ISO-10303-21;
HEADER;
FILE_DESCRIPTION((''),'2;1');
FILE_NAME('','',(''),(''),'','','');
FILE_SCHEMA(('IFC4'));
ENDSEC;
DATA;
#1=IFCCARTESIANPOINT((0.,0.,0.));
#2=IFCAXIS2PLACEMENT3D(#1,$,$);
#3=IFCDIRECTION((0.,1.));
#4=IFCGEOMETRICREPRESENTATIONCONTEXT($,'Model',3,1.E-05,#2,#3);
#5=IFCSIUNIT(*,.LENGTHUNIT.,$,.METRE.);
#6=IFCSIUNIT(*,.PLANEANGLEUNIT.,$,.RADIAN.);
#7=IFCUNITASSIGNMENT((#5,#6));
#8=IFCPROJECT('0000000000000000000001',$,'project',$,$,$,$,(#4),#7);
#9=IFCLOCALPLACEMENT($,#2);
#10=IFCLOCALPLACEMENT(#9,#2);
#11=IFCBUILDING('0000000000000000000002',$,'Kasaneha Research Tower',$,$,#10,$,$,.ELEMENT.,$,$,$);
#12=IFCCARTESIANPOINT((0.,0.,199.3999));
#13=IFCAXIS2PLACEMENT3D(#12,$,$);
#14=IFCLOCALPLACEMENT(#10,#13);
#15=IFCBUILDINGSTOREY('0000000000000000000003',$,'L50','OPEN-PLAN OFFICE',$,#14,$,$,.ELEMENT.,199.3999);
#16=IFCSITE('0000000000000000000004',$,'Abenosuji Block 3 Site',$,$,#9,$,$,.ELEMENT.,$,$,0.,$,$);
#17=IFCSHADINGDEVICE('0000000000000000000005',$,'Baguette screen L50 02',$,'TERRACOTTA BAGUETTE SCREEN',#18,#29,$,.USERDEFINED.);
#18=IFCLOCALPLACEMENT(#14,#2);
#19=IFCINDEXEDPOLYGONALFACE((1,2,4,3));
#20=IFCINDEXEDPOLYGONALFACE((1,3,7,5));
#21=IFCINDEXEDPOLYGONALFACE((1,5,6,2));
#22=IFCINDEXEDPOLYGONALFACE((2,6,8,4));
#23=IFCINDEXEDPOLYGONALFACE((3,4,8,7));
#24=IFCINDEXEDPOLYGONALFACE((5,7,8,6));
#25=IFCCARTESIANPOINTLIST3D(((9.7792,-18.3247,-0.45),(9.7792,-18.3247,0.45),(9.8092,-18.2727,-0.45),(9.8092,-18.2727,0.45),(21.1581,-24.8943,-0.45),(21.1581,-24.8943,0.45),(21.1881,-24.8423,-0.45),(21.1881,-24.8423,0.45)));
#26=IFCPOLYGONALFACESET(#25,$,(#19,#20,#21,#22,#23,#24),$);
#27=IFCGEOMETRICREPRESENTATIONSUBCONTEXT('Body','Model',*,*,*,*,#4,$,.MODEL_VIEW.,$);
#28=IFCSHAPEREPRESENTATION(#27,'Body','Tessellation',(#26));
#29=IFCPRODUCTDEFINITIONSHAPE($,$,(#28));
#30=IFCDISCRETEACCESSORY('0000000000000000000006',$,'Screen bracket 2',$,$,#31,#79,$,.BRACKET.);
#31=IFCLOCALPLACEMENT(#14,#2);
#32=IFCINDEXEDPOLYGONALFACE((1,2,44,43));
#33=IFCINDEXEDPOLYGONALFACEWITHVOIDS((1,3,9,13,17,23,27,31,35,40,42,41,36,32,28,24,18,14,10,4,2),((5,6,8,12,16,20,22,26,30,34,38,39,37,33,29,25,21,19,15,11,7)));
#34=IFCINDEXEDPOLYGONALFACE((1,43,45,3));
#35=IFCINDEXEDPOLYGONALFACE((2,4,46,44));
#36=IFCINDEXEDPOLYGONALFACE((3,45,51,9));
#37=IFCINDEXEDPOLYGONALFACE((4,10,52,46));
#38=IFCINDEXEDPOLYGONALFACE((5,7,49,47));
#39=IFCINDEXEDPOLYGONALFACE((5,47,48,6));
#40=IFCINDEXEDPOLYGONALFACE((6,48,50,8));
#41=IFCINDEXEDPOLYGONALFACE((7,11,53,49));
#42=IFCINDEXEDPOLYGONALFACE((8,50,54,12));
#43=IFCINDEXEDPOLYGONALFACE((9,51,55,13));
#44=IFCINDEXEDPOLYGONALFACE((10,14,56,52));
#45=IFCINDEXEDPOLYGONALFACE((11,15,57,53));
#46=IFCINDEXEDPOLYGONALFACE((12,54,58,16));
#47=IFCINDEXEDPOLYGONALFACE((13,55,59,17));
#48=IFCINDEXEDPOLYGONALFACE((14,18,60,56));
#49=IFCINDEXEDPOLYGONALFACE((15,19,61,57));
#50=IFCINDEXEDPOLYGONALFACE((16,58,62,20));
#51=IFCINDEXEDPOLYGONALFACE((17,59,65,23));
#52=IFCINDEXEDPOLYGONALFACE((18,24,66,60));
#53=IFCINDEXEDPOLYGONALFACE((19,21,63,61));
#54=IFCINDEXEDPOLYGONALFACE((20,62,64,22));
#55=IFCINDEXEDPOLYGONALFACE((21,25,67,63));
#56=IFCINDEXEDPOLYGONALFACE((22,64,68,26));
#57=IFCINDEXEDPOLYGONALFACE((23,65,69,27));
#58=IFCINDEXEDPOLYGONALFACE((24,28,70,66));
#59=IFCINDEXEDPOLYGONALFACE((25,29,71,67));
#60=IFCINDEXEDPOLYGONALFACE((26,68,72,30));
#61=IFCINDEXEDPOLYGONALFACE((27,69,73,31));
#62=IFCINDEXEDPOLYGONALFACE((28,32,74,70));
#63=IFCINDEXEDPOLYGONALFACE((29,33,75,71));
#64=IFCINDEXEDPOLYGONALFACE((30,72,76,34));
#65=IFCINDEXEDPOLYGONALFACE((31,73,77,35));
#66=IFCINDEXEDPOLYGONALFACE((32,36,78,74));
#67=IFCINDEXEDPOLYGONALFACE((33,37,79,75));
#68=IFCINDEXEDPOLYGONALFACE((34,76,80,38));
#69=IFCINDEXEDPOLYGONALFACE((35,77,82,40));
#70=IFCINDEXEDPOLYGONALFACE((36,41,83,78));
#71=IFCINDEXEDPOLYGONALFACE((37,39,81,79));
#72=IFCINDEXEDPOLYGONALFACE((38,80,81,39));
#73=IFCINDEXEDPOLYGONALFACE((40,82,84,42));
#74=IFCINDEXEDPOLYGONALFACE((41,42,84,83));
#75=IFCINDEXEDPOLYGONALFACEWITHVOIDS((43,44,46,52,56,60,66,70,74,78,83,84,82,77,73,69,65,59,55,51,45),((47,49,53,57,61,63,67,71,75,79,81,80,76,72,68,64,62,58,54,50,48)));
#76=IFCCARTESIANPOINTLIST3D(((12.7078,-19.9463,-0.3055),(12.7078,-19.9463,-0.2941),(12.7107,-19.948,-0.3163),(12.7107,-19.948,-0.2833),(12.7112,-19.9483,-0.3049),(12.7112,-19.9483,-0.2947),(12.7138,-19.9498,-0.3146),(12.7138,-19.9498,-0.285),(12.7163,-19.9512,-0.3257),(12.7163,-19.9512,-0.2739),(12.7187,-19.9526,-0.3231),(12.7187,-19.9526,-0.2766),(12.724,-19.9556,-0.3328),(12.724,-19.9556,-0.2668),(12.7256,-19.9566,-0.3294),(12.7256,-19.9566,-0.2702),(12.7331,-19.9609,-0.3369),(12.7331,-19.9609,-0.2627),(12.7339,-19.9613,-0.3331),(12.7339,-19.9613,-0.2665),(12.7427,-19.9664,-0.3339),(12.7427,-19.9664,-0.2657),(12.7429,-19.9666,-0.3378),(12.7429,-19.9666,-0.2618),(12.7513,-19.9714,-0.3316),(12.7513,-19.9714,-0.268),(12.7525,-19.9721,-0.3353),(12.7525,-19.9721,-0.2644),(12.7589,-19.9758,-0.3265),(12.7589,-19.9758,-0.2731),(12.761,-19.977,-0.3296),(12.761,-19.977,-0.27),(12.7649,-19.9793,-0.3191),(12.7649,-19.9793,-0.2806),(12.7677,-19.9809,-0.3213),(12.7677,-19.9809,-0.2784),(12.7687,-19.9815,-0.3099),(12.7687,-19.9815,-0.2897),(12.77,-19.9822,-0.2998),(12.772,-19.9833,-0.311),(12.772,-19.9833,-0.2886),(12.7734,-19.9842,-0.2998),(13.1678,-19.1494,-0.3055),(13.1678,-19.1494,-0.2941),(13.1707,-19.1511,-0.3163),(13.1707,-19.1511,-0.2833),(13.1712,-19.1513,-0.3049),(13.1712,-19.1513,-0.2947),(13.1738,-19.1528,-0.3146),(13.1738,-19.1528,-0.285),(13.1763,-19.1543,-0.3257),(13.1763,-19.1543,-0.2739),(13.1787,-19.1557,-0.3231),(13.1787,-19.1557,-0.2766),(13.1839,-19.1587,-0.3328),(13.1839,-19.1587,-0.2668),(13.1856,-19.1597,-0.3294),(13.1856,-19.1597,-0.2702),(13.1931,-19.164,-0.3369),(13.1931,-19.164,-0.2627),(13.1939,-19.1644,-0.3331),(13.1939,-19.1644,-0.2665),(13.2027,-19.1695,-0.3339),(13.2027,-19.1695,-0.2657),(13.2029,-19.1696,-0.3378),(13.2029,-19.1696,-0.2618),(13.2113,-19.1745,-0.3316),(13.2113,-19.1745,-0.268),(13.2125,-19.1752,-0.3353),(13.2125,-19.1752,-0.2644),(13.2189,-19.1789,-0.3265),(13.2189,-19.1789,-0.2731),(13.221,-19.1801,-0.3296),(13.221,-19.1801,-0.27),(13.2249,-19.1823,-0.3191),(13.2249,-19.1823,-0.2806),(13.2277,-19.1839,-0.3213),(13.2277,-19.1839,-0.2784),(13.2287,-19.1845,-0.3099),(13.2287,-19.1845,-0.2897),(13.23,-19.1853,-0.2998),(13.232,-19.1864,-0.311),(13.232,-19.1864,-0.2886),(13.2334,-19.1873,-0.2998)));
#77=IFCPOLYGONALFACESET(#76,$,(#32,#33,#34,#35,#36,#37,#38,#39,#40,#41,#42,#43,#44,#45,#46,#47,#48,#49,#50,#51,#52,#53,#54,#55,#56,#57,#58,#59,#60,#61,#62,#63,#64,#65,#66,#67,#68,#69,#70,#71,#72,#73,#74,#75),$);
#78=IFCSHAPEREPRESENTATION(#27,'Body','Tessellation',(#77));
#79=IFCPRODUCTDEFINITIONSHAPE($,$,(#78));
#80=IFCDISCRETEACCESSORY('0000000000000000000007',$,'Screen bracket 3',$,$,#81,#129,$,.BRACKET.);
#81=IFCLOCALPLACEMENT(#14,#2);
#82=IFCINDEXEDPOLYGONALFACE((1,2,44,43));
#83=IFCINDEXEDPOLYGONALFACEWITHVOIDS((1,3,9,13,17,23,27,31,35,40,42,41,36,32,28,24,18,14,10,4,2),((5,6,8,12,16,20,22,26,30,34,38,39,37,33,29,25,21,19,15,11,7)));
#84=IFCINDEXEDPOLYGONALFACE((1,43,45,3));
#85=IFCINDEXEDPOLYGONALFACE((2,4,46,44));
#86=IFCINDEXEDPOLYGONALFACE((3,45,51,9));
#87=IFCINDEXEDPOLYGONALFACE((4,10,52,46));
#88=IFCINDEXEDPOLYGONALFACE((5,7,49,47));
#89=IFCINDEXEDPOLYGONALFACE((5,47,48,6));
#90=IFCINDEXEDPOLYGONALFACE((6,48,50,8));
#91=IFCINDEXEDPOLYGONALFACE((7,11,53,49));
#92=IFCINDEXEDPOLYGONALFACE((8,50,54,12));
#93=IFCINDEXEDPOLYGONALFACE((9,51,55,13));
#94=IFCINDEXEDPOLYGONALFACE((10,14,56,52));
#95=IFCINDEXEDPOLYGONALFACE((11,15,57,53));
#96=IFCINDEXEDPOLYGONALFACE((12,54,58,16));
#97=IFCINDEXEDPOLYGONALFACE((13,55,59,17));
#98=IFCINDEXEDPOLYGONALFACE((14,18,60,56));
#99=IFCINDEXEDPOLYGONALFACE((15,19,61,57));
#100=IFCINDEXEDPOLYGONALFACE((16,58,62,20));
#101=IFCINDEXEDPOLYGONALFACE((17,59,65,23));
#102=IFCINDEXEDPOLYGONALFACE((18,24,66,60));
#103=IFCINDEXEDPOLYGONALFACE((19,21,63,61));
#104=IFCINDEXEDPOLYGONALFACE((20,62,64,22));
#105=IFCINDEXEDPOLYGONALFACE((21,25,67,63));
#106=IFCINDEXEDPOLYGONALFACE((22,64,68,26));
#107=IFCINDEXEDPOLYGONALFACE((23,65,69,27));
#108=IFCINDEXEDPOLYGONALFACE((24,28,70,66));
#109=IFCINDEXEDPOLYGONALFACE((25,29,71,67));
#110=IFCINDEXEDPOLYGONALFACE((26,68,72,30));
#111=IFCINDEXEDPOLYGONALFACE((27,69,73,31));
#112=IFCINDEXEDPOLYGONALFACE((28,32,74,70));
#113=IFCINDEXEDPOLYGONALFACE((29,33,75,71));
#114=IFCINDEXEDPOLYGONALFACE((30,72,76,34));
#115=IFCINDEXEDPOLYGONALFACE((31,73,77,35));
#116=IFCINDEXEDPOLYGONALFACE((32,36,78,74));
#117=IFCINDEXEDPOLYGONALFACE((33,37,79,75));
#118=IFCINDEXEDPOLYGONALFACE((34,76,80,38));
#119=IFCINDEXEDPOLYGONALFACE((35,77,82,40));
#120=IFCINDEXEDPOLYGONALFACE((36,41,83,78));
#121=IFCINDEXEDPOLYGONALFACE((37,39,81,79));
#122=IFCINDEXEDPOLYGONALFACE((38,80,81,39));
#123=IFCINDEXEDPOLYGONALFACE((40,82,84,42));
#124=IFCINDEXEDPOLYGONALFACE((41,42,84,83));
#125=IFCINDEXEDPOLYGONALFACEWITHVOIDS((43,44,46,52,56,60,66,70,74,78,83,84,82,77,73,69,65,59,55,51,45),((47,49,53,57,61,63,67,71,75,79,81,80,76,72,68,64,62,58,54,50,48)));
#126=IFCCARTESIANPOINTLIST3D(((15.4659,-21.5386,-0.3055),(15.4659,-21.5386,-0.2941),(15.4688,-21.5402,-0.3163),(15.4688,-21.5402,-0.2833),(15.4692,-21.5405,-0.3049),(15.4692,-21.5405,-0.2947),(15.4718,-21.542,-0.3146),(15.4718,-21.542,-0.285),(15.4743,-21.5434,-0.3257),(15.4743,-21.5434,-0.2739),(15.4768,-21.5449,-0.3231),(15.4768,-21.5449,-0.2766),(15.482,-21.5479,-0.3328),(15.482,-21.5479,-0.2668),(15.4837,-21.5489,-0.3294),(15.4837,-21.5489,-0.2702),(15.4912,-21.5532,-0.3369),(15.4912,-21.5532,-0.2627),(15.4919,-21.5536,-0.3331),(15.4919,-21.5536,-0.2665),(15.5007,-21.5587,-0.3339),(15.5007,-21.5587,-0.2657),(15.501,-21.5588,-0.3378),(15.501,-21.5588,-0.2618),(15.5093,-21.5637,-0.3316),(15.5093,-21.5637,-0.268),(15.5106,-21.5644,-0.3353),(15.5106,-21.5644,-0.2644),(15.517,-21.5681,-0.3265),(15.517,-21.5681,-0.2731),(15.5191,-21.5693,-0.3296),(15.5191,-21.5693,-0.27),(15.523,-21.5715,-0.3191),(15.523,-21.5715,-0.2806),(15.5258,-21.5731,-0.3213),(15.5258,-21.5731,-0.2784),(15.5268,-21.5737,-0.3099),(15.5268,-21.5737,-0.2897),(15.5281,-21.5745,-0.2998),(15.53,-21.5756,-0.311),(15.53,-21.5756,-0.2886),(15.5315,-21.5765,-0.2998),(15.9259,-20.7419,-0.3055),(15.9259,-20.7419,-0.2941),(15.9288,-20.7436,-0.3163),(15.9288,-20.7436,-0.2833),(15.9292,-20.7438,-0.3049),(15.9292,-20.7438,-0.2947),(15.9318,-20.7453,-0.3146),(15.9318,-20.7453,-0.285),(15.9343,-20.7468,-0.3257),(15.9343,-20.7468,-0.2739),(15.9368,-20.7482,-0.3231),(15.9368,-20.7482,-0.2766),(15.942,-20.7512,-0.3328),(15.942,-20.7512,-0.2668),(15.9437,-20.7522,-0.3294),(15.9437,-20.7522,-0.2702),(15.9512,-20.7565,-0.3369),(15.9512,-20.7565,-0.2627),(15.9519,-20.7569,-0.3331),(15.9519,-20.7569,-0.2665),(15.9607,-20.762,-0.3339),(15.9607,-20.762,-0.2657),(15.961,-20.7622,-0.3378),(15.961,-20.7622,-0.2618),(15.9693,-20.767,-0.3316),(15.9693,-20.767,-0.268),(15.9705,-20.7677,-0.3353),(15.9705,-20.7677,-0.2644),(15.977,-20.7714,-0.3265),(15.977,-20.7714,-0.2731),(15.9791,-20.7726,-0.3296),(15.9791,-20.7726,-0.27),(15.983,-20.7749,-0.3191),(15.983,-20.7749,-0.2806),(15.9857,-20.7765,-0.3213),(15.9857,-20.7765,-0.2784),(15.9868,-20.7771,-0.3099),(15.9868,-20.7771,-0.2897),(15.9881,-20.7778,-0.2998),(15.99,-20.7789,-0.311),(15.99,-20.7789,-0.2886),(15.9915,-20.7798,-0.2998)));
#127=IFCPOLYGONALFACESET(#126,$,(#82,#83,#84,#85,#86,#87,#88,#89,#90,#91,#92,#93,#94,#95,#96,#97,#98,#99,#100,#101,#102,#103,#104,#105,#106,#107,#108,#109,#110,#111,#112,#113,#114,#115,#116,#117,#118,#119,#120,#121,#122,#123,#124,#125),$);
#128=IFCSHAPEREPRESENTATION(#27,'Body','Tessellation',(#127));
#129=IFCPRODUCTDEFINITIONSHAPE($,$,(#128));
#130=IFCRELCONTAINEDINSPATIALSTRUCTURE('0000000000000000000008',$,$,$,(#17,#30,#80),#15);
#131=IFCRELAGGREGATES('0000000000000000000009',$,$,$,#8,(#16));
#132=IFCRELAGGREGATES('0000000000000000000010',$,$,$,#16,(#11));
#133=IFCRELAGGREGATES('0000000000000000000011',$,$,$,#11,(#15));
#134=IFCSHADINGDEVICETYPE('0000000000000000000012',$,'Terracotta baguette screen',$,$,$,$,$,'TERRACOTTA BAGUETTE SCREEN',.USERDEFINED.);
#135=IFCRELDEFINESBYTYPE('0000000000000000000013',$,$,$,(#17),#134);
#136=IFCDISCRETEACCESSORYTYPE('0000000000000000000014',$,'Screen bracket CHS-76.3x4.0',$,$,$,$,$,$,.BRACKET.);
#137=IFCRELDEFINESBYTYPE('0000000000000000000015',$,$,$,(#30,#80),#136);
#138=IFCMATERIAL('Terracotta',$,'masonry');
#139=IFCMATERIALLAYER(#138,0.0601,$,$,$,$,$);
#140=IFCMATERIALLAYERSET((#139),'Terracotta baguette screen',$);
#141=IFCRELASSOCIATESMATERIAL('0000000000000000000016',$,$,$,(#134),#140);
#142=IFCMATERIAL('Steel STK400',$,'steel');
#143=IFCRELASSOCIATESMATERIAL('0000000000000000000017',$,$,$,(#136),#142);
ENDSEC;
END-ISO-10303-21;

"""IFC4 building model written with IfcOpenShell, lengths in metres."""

from ifc_helpers import new_model, si_unit, direction, frame, origin, origin_2d, place, context, subcontext, project, spatial, rectangle, hollow_circle, extrude, material, layer, layer_set, material_profile, profile_set, type_object, element, save


model = new_model("IFC4")

# Units and contexts
model_context = context("Model", 3, precision=1e-05, world=origin(), true_north=direction((0.0, 1.0)))
body_context = subcontext(model_context, "Body", "Model", "MODEL_VIEW")
ifc_project = project(units=[si_unit("LENGTHUNIT", "METRE"), si_unit("PLANEANGLEUNIT", "RADIAN")], contexts=[model_context])

# Site, building, storey
site_placement = place(None, origin())
site = spatial("IfcSite", under=ifc_project, at=site_placement, Name="Abenosuji Block 3 Site", CompositionType="ELEMENT", RefElevation=0.0)
building_placement = place(site_placement, origin())
building = spatial("IfcBuilding", under=site, at=building_placement, Name="Kasaneha Research Tower", CompositionType="ELEMENT")
storey_placement = place(building_placement, frame((0.0, 0.0, 199.3999)))
storey = spatial("IfcBuildingStorey", under=building, at=storey_placement, Name="L50", Description="OPEN-PLAN OFFICE", CompositionType="ELEMENT", Elevation=199.3999)

# Shading device
ifc_material_1 = material(Name="Terracotta", Category="masonry")
ifc_layer_1 = layer(ifc_material_1, 0.0601)
ifc_layer_set_1 = layer_set([ifc_layer_1], Name="Terracotta baguette screen")
shading_device_type = type_object("IfcShadingDeviceType", Name="Terracotta baguette screen", ElementType="TERRACOTTA BAGUETTE SCREEN", PredefinedType="USERDEFINED", material=ifc_layer_set_1)
shading_device_placement = place(storey_placement, frame((15.4836, -21.5835, -0.45), z_axis=(0.0, 0.0, 1.0), x_axis=(0.866025, -0.5, 0.0)))
element("IfcShadingDevice", 1, at=shading_device_placement, inside=storey, type_object=shading_device_type, Name="Baguette screen L50 02", ObjectType="TERRACOTTA BAGUETTE SCREEN", PredefinedType="USERDEFINED", context=body_context, shape_type="SweptSolid", body=[
    extrude(rectangle(XDim=13.1392, YDim=0.0601, at=origin_2d()), origin(), (0.0, 0.0, 1.0), 0.8999),
])

# Discrete accessories
ifc_material_2 = material(Name="Steel STK400", Category="steel")
ifc_material_profile_1 = material_profile(ifc_material_2, hollow_circle(Radius=0.0381, WallThickness=0.0039, at=origin_2d()), Name="CHS-76.3x4.0")
ifc_profile_set_1 = profile_set([ifc_material_profile_1], Name="Steel STK400")
discrete_accessory_type = type_object("IfcDiscreteAccessoryType", Name="Screen bracket CHS-76.3x4.0", PredefinedType="BRACKET", material=ifc_profile_set_1)
discrete_accessory_1_placement = place(storey_placement, frame((13.2004, -19.1682, -0.2998), z_axis=(-0.499906, -0.86608, 0.0), x_axis=(0.86608, -0.499906, 0.0)))
element("IfcDiscreteAccessory", 2, at=discrete_accessory_1_placement, inside=storey, type_object=discrete_accessory_type, Name="Screen bracket 2", PredefinedType="BRACKET", context=body_context, shape_type="SweptSolid", body=[
    extrude(hollow_circle(Radius=0.0381, WallThickness=0.0039, at=origin_2d()), origin(), (0.0, 0.0, 1.0), 0.9202),
])
discrete_accessory_2_placement = place(storey_placement, frame((15.9585, -20.7607, -0.2998), z_axis=(-0.500021, -0.866013, 0.0), x_axis=(0.866013, -0.500021, 0.0)))
element("IfcDiscreteAccessory", 3, at=discrete_accessory_2_placement, inside=storey, type_object=discrete_accessory_type, Name="Screen bracket 3", PredefinedType="BRACKET", context=body_context, shape_type="SweptSolid", body=[
    extrude(hollow_circle(Radius=0.0381, WallThickness=0.0039, at=origin_2d()), origin(), (0.0, 0.0, 1.0), 0.9199),
])

save(model, "model.ifc")
